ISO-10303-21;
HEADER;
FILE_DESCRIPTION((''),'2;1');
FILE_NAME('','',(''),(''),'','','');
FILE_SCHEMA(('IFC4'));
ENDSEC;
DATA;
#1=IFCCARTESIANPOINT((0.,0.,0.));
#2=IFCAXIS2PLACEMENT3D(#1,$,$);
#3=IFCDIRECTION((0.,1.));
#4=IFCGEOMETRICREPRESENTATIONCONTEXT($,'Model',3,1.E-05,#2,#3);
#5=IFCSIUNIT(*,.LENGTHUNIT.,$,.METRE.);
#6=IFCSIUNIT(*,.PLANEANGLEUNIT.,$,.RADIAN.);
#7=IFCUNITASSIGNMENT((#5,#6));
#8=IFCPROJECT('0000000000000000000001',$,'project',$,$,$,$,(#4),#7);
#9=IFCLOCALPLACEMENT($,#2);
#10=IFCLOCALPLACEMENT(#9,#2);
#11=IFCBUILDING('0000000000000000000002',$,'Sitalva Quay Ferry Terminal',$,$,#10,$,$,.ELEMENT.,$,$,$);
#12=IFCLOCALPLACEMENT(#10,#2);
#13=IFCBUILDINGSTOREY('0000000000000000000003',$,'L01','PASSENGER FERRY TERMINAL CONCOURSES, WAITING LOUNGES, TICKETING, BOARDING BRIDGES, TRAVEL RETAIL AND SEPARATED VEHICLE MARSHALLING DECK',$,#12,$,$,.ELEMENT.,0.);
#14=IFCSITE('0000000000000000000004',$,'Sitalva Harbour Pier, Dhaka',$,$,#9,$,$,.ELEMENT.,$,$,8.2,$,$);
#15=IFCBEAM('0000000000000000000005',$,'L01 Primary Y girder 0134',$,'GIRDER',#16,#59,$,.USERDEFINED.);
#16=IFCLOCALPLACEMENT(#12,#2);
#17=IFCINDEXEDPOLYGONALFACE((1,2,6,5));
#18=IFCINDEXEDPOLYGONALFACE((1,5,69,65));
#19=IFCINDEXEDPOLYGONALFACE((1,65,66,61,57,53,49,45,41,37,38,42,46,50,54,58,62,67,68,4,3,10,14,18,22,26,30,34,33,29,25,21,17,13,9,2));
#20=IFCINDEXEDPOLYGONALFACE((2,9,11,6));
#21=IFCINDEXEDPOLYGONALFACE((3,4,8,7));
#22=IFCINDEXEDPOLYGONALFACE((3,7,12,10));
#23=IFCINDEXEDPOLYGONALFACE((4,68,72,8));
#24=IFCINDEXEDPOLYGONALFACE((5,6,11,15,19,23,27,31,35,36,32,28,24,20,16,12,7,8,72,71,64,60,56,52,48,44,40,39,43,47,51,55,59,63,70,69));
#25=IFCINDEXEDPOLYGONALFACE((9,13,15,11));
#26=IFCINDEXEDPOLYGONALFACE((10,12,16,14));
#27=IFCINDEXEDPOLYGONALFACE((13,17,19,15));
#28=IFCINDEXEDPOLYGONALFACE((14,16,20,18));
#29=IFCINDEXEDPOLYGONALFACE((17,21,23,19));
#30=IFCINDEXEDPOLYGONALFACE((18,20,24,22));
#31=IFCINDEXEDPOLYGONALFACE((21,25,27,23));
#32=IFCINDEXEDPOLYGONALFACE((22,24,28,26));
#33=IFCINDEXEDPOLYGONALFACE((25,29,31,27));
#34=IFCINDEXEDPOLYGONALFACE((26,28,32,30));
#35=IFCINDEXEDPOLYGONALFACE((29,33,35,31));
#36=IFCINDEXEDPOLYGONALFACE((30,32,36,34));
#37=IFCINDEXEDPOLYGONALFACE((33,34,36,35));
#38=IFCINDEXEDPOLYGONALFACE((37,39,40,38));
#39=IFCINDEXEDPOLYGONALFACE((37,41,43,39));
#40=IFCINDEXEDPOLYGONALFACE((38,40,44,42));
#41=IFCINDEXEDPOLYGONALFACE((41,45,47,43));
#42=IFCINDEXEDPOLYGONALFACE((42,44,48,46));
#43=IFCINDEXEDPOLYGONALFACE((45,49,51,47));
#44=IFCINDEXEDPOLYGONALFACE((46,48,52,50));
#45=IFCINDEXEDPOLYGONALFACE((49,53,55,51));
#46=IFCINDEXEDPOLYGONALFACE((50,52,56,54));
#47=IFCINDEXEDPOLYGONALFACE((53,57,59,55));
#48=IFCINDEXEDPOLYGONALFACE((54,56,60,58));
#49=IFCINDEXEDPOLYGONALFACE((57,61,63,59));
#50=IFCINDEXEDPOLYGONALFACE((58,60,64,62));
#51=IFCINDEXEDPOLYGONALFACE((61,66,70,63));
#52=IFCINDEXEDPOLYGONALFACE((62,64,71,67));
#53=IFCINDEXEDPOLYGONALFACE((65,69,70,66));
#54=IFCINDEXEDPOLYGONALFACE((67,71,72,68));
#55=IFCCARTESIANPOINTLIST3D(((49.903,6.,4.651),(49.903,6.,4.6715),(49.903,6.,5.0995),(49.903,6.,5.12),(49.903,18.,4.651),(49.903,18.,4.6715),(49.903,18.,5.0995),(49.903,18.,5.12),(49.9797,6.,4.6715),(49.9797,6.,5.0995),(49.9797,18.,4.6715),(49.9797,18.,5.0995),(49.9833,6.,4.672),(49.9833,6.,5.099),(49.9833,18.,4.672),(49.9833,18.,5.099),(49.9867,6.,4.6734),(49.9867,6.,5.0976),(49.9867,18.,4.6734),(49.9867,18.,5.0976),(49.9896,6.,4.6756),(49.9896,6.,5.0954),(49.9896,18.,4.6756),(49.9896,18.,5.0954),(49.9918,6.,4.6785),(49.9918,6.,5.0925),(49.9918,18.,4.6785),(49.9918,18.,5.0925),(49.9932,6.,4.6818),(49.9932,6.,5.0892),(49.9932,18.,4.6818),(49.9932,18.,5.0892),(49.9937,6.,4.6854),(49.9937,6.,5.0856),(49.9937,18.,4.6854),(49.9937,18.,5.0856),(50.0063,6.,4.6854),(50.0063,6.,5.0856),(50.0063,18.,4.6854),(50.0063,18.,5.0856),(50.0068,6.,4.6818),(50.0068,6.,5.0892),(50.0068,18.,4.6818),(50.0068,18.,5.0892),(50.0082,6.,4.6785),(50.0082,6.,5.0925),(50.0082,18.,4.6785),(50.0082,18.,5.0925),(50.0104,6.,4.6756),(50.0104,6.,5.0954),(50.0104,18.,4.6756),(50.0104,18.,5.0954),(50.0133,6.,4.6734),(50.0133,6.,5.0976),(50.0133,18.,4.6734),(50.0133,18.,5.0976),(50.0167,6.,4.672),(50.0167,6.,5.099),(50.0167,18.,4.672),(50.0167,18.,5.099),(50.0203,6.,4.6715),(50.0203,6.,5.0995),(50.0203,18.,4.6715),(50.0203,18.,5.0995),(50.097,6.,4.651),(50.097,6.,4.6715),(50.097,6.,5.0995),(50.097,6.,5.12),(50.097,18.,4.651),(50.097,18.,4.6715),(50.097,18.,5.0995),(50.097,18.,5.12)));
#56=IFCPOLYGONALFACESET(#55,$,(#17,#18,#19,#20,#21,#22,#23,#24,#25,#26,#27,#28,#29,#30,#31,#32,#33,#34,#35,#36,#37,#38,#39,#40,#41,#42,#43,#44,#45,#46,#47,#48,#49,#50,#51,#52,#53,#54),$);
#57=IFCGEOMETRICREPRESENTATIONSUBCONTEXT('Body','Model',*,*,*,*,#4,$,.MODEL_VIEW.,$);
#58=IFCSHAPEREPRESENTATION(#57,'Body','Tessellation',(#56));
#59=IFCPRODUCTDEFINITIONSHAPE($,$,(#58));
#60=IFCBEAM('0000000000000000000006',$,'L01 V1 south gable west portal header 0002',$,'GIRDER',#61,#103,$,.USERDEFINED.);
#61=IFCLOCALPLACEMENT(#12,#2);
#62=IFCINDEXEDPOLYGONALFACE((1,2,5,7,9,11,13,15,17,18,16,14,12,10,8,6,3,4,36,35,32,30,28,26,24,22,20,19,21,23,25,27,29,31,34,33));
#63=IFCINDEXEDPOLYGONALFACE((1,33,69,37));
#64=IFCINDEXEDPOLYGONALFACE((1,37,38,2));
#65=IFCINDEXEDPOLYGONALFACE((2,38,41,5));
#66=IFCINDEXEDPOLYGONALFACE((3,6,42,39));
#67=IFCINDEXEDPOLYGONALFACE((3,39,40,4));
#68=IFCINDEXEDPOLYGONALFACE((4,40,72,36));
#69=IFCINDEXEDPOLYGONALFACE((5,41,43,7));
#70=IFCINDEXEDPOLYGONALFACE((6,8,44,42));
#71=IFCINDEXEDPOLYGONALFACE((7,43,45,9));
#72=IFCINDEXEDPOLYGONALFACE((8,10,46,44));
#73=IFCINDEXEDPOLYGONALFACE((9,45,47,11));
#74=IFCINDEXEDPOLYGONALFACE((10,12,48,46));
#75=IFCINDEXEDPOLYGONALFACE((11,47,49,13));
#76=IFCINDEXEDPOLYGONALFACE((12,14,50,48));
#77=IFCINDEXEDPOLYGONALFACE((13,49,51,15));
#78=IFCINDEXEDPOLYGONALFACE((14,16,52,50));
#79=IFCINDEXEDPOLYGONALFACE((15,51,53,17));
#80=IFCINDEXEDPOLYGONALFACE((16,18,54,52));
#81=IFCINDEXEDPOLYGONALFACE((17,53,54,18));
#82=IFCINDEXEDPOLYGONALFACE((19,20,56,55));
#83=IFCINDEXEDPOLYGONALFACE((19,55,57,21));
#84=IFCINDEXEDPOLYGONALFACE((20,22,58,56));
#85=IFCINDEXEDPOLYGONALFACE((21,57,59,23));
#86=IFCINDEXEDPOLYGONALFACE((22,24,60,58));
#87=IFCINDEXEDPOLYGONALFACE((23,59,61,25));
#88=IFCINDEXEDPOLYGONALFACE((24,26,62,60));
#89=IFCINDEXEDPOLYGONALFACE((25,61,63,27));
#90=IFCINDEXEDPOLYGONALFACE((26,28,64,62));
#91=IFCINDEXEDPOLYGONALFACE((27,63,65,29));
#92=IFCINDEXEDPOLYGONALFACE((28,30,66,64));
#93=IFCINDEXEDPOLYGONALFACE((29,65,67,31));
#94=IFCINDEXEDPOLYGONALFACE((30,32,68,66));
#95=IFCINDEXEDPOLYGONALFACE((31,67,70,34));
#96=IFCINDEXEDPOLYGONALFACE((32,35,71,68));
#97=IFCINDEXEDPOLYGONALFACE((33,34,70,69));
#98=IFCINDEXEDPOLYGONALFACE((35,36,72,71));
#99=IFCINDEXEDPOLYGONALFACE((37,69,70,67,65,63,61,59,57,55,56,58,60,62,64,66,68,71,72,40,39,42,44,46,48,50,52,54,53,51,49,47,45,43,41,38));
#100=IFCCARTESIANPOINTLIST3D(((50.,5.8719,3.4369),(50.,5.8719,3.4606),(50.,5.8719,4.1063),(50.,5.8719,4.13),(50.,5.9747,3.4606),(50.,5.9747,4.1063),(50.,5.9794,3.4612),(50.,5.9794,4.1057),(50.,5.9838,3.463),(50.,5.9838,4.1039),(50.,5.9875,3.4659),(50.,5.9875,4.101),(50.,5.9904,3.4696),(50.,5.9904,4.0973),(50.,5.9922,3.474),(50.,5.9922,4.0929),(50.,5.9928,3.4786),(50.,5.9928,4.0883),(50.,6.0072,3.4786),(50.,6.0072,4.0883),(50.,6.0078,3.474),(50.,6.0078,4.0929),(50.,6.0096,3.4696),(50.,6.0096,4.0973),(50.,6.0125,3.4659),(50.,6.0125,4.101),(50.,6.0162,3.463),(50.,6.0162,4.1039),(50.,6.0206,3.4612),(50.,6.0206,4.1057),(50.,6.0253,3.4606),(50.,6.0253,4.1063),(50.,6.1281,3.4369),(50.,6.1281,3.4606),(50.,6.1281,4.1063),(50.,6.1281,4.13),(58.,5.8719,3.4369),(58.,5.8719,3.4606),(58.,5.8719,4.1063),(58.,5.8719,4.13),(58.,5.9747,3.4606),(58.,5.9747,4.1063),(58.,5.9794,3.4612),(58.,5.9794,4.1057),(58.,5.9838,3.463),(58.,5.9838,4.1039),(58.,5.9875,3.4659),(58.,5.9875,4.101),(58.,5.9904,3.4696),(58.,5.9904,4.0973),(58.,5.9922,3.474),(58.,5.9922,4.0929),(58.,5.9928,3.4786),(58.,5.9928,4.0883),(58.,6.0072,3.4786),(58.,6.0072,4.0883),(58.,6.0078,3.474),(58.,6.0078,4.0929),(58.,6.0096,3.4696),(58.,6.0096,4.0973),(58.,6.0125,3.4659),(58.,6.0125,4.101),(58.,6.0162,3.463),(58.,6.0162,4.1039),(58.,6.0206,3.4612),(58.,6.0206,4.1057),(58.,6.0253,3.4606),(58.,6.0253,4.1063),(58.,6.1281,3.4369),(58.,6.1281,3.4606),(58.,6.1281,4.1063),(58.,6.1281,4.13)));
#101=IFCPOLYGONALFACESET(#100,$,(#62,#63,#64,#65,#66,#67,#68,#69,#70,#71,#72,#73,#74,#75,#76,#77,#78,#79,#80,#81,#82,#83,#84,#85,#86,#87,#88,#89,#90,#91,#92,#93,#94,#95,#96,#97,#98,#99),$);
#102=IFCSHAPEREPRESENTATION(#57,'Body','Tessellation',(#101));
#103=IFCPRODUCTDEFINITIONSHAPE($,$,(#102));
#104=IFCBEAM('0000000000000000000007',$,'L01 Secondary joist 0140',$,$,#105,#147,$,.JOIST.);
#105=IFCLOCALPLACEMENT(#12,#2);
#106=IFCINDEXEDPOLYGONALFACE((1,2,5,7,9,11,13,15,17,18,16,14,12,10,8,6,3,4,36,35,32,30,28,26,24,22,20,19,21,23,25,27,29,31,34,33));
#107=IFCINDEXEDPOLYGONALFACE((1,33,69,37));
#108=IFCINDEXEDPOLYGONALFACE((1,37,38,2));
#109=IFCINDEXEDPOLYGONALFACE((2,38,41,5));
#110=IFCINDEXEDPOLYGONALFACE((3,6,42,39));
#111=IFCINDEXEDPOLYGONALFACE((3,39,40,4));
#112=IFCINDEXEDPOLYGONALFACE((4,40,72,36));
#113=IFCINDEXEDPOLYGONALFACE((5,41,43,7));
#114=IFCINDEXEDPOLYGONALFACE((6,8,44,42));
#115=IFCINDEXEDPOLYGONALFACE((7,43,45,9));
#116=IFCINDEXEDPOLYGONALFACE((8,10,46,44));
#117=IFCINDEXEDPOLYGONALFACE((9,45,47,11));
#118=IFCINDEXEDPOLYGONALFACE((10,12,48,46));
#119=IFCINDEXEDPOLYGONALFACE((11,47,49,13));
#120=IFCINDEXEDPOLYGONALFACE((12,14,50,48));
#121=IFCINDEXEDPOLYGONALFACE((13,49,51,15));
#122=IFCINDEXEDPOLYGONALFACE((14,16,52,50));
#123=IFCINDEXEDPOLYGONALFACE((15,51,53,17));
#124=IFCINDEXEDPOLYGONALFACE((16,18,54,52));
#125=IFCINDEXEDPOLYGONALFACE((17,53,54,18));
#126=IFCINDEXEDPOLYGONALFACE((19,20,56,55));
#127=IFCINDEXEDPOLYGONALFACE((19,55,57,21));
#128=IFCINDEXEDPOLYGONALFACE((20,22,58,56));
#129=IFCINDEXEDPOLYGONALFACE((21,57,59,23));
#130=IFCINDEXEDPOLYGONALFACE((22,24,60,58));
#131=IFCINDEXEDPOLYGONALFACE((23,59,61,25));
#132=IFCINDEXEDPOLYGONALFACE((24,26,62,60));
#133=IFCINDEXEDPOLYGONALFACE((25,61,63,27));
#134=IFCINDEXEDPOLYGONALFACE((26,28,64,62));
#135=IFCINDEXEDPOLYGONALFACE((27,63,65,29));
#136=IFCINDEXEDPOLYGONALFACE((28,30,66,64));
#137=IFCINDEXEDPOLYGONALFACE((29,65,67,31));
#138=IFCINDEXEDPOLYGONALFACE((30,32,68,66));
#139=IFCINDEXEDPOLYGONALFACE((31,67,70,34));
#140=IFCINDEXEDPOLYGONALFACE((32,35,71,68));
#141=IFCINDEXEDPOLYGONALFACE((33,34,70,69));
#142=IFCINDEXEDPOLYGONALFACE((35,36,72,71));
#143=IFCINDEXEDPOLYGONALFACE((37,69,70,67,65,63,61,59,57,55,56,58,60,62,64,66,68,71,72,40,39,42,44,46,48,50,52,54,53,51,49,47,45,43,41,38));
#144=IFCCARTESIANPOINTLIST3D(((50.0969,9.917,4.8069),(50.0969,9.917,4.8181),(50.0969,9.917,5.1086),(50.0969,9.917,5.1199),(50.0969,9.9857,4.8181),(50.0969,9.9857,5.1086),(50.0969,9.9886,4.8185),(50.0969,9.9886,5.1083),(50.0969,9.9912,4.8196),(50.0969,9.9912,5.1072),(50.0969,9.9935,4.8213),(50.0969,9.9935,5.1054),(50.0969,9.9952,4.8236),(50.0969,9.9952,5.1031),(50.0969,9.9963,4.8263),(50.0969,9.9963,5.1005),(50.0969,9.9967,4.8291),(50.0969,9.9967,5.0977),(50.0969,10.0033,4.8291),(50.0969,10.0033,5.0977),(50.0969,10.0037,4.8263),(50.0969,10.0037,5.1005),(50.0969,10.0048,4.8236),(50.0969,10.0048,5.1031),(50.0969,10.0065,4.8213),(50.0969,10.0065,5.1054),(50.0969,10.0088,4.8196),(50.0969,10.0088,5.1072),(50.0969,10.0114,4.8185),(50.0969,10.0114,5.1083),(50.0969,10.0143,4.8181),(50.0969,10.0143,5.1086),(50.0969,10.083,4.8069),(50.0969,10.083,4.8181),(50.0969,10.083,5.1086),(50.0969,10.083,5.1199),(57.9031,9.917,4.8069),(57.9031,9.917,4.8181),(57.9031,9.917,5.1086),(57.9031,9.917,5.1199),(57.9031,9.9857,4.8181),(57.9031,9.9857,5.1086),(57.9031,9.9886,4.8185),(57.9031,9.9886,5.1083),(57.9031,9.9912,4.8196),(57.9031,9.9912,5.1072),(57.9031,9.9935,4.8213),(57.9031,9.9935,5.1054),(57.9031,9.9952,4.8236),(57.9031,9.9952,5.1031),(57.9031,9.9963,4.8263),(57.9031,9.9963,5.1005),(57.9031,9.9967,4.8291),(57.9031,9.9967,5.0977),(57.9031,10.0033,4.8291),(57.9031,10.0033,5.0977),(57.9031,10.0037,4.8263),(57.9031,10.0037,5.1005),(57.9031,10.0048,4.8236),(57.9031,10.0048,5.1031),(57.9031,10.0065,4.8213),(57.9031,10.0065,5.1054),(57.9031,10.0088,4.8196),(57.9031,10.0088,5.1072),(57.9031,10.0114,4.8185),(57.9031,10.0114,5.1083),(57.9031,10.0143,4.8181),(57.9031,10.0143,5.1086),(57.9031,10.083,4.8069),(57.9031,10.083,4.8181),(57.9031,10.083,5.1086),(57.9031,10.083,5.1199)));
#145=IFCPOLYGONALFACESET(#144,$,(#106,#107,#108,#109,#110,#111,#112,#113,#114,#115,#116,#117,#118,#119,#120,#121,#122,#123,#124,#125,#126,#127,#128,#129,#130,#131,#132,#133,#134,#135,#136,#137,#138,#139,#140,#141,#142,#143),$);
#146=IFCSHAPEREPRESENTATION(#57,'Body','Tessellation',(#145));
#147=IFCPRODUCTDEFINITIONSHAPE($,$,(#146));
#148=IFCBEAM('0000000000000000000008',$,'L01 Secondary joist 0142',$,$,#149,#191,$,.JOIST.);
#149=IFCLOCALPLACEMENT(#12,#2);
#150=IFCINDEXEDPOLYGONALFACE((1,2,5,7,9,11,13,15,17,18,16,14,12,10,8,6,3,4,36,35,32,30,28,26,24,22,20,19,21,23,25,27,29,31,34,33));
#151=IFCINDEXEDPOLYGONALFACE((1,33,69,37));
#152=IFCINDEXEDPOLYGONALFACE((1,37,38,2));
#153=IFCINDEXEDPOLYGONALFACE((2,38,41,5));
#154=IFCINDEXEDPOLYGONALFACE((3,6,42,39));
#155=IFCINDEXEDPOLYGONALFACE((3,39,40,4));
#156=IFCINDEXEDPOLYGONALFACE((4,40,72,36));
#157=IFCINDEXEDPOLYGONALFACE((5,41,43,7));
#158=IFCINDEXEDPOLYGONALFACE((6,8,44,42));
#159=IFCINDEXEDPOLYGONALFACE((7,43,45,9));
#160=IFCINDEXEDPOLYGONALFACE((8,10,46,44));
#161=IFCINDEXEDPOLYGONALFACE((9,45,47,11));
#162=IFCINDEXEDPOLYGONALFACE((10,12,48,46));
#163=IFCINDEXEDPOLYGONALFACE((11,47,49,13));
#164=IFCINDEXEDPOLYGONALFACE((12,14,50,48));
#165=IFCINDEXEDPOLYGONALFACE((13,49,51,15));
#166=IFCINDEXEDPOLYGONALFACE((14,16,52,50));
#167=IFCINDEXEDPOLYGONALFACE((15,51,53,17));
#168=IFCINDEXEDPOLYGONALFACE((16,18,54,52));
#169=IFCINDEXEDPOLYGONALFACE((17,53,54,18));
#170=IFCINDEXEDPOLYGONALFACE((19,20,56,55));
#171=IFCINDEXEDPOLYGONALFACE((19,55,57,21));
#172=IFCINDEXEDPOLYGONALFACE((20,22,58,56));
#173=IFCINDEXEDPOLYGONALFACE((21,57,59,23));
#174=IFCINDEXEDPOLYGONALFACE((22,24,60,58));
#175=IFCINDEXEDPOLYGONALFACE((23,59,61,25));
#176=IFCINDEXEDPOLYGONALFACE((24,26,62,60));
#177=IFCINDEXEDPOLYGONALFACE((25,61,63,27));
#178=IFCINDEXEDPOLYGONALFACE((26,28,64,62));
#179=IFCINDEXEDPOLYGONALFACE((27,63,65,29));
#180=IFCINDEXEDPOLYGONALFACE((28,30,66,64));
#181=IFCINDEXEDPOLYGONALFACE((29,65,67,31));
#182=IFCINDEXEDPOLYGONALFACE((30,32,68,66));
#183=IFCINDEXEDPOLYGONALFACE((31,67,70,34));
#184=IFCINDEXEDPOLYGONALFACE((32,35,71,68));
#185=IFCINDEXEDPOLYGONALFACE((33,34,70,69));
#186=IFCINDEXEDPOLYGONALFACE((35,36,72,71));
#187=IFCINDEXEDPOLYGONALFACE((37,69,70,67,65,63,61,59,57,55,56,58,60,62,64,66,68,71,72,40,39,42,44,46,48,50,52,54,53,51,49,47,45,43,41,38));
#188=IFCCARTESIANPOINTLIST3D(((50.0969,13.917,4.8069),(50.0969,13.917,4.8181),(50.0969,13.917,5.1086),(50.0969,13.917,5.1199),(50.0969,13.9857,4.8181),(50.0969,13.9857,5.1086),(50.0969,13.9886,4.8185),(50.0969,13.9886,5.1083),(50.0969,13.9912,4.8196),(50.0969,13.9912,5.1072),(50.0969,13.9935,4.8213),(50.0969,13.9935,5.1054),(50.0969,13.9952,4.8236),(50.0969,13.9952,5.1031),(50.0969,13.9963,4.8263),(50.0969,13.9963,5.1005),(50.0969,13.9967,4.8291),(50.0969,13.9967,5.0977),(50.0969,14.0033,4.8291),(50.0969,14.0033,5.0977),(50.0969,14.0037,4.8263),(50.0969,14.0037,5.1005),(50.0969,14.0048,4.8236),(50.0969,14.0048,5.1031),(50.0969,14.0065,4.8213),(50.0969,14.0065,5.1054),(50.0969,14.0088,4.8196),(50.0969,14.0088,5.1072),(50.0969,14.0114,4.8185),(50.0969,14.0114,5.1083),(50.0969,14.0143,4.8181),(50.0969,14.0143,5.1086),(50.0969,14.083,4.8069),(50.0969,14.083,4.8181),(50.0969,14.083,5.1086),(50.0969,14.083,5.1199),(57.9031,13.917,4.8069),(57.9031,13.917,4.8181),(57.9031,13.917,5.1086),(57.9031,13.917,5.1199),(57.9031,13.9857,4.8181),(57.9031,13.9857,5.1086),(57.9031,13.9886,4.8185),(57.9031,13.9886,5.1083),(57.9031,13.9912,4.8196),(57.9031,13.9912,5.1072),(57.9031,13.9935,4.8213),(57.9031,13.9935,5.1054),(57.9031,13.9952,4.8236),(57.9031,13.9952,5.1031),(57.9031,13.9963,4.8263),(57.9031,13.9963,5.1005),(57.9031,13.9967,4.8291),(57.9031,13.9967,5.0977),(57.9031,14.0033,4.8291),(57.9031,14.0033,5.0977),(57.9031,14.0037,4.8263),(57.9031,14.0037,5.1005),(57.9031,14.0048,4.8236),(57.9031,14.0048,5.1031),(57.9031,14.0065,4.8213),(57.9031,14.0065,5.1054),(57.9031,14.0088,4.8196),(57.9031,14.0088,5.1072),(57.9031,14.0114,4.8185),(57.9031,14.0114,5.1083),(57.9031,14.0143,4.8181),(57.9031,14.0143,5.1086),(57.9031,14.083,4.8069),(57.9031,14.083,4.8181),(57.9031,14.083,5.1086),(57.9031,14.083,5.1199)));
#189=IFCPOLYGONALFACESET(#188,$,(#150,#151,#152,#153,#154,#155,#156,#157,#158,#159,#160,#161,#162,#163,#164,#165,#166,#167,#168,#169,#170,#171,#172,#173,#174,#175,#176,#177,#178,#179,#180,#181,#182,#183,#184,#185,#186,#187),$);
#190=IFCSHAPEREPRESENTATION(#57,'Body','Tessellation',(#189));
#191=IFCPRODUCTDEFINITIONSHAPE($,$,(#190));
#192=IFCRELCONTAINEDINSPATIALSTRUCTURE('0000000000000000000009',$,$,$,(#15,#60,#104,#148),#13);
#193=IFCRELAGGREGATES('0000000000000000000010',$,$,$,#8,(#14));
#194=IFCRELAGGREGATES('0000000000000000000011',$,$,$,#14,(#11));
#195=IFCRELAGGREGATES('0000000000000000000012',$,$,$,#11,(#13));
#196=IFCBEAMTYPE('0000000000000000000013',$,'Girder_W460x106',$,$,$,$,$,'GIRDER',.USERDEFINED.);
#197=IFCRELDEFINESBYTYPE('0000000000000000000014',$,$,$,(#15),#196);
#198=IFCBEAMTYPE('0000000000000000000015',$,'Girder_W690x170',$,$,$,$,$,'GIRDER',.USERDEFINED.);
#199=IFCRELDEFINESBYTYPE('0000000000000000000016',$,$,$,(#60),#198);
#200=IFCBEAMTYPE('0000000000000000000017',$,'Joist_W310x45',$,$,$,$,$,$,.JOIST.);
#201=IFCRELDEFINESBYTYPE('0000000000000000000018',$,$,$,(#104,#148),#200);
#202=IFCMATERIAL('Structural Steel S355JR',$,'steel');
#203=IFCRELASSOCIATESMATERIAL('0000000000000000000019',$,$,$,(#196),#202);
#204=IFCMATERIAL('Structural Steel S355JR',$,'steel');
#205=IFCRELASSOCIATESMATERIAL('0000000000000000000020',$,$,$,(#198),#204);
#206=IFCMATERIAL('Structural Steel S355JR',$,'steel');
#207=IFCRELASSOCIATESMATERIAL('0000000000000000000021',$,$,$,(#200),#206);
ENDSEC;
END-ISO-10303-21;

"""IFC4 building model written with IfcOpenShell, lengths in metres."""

from ifc_helpers import new_model, si_unit, direction, frame, origin, origin_2d, place, context, subcontext, project, spatial, i_section, extrude, material, material_profile, profile_set, type_object, element, save


model = new_model("IFC4")

# Units and contexts
model_context = context("Model", 3, precision=1e-05, world=origin(), true_north=direction((0.0, 1.0)))
body_context = subcontext(model_context, "Body", "Model", "MODEL_VIEW")
ifc_project = project(units=[si_unit("LENGTHUNIT", "METRE"), si_unit("PLANEANGLEUNIT", "RADIAN")], contexts=[model_context])

# Site, building, storey
site_placement = place(None, origin())
site = spatial("IfcSite", under=ifc_project, at=site_placement, Name="Sitalva Harbour Pier, Dhaka", CompositionType="ELEMENT", RefElevation=8.2)
building_placement = place(site_placement, origin())
building = spatial("IfcBuilding", under=site, at=building_placement, Name="Sitalva Quay Ferry Terminal", CompositionType="ELEMENT")
storey_placement = place(building_placement, origin())
storey = spatial("IfcBuildingStorey", under=building, at=storey_placement, Name="L01", Description="PASSENGER FERRY TERMINAL CONCOURSES, WAITING LOUNGES, TICKETING, BOARDING BRIDGES, TRAVEL RETAIL AND SEPARATED VEHICLE MARSHALLING DECK", CompositionType="ELEMENT", Elevation=0.0)

# Beams
ifc_material_1 = material(Name="Structural Steel S355JR", Category="steel")
ifc_material_profile_1 = material_profile(ifc_material_1, i_section(OverallWidth=0.1941, OverallDepth=0.469, WebThickness=0.0127, FlangeThickness=0.0205, FilletRadius=0.0139, at=origin_2d()), Name="W460x106")
ifc_profile_set_1 = profile_set([ifc_material_profile_1], Name="Structural Steel S355JR")
beam_type_1 = type_object("IfcBeamType", Name="Girder_W460x106", ElementType="GIRDER", PredefinedType="USERDEFINED", material=ifc_profile_set_1)
beam_1_placement = place(storey_placement, frame((50.0, 6.0, 4.8855), z_axis=(0.0, 1.0, 0.0), x_axis=(-1.0, 0.0, 0.0)))
element("IfcBeam", 1, at=beam_1_placement, inside=storey, type_object=beam_type_1, Name="L01 Primary Y girder 0134", ObjectType="GIRDER", PredefinedType="USERDEFINED", context=body_context, shape_type="SweptSolid", body=[
    extrude(i_section(OverallWidth=0.1941, OverallDepth=0.469, WebThickness=0.0127, FlangeThickness=0.0205, FilletRadius=0.0139, at=origin_2d()), origin(), (0.0, 0.0, 1.0), 12.0),
])
ifc_material_2 = material(Name="Structural Steel S355JR", Category="steel")
ifc_material_profile_2 = material_profile(ifc_material_2, i_section(OverallWidth=0.2561, OverallDepth=0.6931, WebThickness=0.0144, FlangeThickness=0.0237, FilletRadius=0.0181, at=origin_2d()), Name="W690x170")
ifc_profile_set_2 = profile_set([ifc_material_profile_2], Name="Structural Steel S355JR")
beam_type_2 = type_object("IfcBeamType", Name="Girder_W690x170", ElementType="GIRDER", PredefinedType="USERDEFINED", material=ifc_profile_set_2)
beam_2_placement = place(storey_placement, frame((50.0, 6.0, 3.7834), z_axis=(1.0, 0.0, 0.0), x_axis=(0.0, 1.0, 0.0)))
element("IfcBeam", 2, at=beam_2_placement, inside=storey, type_object=beam_type_2, Name="L01 V1 south gable west portal header 0002", ObjectType="GIRDER", PredefinedType="USERDEFINED", context=body_context, shape_type="SweptSolid", body=[
    extrude(i_section(OverallWidth=0.2561, OverallDepth=0.6931, WebThickness=0.0144, FlangeThickness=0.0237, FilletRadius=0.0181, at=origin_2d()), origin(), (0.0, 0.0, 1.0), 8.0),
])
ifc_material_3 = material(Name="Structural Steel S355JR", Category="steel")
ifc_material_profile_3 = material_profile(ifc_material_3, i_section(OverallWidth=0.166, OverallDepth=0.313, WebThickness=0.0066, FlangeThickness=0.0112, FilletRadius=0.011, at=origin_2d()), Name="W310x45")
ifc_profile_set_3 = profile_set([ifc_material_profile_3], Name="Structural Steel S355JR")
beam_type_3 = type_object("IfcBeamType", Name="Joist_W310x45", PredefinedType="JOIST", material=ifc_profile_set_3)
for number, where, z_axis, x_axis, name in (
    (3, (50.0969, 10.0, 4.9634), (1.0, 0.0, 0.0), (0.0, 1.0, 0.0), "L01 Secondary joist 0140"),
    (4, (50.0969, 14.0, 4.9634), (1.0, 0.0, 0.0), (0.0, 1.0, 0.0), "L01 Secondary joist 0142"),
):
    element("IfcBeam", number, at=place(storey_placement, frame(where, z_axis=z_axis, x_axis=x_axis)), inside=storey, type_object=beam_type_3, Name=name, PredefinedType="JOIST", context=body_context, shape_type="SweptSolid", body=[
        extrude(i_section(OverallWidth=0.166, OverallDepth=0.313, WebThickness=0.0066, FlangeThickness=0.0112, FilletRadius=0.011, at=origin_2d()), origin(), (0.0, 0.0, 1.0), 7.8062),
    ])

save(model, "model.ifc")
